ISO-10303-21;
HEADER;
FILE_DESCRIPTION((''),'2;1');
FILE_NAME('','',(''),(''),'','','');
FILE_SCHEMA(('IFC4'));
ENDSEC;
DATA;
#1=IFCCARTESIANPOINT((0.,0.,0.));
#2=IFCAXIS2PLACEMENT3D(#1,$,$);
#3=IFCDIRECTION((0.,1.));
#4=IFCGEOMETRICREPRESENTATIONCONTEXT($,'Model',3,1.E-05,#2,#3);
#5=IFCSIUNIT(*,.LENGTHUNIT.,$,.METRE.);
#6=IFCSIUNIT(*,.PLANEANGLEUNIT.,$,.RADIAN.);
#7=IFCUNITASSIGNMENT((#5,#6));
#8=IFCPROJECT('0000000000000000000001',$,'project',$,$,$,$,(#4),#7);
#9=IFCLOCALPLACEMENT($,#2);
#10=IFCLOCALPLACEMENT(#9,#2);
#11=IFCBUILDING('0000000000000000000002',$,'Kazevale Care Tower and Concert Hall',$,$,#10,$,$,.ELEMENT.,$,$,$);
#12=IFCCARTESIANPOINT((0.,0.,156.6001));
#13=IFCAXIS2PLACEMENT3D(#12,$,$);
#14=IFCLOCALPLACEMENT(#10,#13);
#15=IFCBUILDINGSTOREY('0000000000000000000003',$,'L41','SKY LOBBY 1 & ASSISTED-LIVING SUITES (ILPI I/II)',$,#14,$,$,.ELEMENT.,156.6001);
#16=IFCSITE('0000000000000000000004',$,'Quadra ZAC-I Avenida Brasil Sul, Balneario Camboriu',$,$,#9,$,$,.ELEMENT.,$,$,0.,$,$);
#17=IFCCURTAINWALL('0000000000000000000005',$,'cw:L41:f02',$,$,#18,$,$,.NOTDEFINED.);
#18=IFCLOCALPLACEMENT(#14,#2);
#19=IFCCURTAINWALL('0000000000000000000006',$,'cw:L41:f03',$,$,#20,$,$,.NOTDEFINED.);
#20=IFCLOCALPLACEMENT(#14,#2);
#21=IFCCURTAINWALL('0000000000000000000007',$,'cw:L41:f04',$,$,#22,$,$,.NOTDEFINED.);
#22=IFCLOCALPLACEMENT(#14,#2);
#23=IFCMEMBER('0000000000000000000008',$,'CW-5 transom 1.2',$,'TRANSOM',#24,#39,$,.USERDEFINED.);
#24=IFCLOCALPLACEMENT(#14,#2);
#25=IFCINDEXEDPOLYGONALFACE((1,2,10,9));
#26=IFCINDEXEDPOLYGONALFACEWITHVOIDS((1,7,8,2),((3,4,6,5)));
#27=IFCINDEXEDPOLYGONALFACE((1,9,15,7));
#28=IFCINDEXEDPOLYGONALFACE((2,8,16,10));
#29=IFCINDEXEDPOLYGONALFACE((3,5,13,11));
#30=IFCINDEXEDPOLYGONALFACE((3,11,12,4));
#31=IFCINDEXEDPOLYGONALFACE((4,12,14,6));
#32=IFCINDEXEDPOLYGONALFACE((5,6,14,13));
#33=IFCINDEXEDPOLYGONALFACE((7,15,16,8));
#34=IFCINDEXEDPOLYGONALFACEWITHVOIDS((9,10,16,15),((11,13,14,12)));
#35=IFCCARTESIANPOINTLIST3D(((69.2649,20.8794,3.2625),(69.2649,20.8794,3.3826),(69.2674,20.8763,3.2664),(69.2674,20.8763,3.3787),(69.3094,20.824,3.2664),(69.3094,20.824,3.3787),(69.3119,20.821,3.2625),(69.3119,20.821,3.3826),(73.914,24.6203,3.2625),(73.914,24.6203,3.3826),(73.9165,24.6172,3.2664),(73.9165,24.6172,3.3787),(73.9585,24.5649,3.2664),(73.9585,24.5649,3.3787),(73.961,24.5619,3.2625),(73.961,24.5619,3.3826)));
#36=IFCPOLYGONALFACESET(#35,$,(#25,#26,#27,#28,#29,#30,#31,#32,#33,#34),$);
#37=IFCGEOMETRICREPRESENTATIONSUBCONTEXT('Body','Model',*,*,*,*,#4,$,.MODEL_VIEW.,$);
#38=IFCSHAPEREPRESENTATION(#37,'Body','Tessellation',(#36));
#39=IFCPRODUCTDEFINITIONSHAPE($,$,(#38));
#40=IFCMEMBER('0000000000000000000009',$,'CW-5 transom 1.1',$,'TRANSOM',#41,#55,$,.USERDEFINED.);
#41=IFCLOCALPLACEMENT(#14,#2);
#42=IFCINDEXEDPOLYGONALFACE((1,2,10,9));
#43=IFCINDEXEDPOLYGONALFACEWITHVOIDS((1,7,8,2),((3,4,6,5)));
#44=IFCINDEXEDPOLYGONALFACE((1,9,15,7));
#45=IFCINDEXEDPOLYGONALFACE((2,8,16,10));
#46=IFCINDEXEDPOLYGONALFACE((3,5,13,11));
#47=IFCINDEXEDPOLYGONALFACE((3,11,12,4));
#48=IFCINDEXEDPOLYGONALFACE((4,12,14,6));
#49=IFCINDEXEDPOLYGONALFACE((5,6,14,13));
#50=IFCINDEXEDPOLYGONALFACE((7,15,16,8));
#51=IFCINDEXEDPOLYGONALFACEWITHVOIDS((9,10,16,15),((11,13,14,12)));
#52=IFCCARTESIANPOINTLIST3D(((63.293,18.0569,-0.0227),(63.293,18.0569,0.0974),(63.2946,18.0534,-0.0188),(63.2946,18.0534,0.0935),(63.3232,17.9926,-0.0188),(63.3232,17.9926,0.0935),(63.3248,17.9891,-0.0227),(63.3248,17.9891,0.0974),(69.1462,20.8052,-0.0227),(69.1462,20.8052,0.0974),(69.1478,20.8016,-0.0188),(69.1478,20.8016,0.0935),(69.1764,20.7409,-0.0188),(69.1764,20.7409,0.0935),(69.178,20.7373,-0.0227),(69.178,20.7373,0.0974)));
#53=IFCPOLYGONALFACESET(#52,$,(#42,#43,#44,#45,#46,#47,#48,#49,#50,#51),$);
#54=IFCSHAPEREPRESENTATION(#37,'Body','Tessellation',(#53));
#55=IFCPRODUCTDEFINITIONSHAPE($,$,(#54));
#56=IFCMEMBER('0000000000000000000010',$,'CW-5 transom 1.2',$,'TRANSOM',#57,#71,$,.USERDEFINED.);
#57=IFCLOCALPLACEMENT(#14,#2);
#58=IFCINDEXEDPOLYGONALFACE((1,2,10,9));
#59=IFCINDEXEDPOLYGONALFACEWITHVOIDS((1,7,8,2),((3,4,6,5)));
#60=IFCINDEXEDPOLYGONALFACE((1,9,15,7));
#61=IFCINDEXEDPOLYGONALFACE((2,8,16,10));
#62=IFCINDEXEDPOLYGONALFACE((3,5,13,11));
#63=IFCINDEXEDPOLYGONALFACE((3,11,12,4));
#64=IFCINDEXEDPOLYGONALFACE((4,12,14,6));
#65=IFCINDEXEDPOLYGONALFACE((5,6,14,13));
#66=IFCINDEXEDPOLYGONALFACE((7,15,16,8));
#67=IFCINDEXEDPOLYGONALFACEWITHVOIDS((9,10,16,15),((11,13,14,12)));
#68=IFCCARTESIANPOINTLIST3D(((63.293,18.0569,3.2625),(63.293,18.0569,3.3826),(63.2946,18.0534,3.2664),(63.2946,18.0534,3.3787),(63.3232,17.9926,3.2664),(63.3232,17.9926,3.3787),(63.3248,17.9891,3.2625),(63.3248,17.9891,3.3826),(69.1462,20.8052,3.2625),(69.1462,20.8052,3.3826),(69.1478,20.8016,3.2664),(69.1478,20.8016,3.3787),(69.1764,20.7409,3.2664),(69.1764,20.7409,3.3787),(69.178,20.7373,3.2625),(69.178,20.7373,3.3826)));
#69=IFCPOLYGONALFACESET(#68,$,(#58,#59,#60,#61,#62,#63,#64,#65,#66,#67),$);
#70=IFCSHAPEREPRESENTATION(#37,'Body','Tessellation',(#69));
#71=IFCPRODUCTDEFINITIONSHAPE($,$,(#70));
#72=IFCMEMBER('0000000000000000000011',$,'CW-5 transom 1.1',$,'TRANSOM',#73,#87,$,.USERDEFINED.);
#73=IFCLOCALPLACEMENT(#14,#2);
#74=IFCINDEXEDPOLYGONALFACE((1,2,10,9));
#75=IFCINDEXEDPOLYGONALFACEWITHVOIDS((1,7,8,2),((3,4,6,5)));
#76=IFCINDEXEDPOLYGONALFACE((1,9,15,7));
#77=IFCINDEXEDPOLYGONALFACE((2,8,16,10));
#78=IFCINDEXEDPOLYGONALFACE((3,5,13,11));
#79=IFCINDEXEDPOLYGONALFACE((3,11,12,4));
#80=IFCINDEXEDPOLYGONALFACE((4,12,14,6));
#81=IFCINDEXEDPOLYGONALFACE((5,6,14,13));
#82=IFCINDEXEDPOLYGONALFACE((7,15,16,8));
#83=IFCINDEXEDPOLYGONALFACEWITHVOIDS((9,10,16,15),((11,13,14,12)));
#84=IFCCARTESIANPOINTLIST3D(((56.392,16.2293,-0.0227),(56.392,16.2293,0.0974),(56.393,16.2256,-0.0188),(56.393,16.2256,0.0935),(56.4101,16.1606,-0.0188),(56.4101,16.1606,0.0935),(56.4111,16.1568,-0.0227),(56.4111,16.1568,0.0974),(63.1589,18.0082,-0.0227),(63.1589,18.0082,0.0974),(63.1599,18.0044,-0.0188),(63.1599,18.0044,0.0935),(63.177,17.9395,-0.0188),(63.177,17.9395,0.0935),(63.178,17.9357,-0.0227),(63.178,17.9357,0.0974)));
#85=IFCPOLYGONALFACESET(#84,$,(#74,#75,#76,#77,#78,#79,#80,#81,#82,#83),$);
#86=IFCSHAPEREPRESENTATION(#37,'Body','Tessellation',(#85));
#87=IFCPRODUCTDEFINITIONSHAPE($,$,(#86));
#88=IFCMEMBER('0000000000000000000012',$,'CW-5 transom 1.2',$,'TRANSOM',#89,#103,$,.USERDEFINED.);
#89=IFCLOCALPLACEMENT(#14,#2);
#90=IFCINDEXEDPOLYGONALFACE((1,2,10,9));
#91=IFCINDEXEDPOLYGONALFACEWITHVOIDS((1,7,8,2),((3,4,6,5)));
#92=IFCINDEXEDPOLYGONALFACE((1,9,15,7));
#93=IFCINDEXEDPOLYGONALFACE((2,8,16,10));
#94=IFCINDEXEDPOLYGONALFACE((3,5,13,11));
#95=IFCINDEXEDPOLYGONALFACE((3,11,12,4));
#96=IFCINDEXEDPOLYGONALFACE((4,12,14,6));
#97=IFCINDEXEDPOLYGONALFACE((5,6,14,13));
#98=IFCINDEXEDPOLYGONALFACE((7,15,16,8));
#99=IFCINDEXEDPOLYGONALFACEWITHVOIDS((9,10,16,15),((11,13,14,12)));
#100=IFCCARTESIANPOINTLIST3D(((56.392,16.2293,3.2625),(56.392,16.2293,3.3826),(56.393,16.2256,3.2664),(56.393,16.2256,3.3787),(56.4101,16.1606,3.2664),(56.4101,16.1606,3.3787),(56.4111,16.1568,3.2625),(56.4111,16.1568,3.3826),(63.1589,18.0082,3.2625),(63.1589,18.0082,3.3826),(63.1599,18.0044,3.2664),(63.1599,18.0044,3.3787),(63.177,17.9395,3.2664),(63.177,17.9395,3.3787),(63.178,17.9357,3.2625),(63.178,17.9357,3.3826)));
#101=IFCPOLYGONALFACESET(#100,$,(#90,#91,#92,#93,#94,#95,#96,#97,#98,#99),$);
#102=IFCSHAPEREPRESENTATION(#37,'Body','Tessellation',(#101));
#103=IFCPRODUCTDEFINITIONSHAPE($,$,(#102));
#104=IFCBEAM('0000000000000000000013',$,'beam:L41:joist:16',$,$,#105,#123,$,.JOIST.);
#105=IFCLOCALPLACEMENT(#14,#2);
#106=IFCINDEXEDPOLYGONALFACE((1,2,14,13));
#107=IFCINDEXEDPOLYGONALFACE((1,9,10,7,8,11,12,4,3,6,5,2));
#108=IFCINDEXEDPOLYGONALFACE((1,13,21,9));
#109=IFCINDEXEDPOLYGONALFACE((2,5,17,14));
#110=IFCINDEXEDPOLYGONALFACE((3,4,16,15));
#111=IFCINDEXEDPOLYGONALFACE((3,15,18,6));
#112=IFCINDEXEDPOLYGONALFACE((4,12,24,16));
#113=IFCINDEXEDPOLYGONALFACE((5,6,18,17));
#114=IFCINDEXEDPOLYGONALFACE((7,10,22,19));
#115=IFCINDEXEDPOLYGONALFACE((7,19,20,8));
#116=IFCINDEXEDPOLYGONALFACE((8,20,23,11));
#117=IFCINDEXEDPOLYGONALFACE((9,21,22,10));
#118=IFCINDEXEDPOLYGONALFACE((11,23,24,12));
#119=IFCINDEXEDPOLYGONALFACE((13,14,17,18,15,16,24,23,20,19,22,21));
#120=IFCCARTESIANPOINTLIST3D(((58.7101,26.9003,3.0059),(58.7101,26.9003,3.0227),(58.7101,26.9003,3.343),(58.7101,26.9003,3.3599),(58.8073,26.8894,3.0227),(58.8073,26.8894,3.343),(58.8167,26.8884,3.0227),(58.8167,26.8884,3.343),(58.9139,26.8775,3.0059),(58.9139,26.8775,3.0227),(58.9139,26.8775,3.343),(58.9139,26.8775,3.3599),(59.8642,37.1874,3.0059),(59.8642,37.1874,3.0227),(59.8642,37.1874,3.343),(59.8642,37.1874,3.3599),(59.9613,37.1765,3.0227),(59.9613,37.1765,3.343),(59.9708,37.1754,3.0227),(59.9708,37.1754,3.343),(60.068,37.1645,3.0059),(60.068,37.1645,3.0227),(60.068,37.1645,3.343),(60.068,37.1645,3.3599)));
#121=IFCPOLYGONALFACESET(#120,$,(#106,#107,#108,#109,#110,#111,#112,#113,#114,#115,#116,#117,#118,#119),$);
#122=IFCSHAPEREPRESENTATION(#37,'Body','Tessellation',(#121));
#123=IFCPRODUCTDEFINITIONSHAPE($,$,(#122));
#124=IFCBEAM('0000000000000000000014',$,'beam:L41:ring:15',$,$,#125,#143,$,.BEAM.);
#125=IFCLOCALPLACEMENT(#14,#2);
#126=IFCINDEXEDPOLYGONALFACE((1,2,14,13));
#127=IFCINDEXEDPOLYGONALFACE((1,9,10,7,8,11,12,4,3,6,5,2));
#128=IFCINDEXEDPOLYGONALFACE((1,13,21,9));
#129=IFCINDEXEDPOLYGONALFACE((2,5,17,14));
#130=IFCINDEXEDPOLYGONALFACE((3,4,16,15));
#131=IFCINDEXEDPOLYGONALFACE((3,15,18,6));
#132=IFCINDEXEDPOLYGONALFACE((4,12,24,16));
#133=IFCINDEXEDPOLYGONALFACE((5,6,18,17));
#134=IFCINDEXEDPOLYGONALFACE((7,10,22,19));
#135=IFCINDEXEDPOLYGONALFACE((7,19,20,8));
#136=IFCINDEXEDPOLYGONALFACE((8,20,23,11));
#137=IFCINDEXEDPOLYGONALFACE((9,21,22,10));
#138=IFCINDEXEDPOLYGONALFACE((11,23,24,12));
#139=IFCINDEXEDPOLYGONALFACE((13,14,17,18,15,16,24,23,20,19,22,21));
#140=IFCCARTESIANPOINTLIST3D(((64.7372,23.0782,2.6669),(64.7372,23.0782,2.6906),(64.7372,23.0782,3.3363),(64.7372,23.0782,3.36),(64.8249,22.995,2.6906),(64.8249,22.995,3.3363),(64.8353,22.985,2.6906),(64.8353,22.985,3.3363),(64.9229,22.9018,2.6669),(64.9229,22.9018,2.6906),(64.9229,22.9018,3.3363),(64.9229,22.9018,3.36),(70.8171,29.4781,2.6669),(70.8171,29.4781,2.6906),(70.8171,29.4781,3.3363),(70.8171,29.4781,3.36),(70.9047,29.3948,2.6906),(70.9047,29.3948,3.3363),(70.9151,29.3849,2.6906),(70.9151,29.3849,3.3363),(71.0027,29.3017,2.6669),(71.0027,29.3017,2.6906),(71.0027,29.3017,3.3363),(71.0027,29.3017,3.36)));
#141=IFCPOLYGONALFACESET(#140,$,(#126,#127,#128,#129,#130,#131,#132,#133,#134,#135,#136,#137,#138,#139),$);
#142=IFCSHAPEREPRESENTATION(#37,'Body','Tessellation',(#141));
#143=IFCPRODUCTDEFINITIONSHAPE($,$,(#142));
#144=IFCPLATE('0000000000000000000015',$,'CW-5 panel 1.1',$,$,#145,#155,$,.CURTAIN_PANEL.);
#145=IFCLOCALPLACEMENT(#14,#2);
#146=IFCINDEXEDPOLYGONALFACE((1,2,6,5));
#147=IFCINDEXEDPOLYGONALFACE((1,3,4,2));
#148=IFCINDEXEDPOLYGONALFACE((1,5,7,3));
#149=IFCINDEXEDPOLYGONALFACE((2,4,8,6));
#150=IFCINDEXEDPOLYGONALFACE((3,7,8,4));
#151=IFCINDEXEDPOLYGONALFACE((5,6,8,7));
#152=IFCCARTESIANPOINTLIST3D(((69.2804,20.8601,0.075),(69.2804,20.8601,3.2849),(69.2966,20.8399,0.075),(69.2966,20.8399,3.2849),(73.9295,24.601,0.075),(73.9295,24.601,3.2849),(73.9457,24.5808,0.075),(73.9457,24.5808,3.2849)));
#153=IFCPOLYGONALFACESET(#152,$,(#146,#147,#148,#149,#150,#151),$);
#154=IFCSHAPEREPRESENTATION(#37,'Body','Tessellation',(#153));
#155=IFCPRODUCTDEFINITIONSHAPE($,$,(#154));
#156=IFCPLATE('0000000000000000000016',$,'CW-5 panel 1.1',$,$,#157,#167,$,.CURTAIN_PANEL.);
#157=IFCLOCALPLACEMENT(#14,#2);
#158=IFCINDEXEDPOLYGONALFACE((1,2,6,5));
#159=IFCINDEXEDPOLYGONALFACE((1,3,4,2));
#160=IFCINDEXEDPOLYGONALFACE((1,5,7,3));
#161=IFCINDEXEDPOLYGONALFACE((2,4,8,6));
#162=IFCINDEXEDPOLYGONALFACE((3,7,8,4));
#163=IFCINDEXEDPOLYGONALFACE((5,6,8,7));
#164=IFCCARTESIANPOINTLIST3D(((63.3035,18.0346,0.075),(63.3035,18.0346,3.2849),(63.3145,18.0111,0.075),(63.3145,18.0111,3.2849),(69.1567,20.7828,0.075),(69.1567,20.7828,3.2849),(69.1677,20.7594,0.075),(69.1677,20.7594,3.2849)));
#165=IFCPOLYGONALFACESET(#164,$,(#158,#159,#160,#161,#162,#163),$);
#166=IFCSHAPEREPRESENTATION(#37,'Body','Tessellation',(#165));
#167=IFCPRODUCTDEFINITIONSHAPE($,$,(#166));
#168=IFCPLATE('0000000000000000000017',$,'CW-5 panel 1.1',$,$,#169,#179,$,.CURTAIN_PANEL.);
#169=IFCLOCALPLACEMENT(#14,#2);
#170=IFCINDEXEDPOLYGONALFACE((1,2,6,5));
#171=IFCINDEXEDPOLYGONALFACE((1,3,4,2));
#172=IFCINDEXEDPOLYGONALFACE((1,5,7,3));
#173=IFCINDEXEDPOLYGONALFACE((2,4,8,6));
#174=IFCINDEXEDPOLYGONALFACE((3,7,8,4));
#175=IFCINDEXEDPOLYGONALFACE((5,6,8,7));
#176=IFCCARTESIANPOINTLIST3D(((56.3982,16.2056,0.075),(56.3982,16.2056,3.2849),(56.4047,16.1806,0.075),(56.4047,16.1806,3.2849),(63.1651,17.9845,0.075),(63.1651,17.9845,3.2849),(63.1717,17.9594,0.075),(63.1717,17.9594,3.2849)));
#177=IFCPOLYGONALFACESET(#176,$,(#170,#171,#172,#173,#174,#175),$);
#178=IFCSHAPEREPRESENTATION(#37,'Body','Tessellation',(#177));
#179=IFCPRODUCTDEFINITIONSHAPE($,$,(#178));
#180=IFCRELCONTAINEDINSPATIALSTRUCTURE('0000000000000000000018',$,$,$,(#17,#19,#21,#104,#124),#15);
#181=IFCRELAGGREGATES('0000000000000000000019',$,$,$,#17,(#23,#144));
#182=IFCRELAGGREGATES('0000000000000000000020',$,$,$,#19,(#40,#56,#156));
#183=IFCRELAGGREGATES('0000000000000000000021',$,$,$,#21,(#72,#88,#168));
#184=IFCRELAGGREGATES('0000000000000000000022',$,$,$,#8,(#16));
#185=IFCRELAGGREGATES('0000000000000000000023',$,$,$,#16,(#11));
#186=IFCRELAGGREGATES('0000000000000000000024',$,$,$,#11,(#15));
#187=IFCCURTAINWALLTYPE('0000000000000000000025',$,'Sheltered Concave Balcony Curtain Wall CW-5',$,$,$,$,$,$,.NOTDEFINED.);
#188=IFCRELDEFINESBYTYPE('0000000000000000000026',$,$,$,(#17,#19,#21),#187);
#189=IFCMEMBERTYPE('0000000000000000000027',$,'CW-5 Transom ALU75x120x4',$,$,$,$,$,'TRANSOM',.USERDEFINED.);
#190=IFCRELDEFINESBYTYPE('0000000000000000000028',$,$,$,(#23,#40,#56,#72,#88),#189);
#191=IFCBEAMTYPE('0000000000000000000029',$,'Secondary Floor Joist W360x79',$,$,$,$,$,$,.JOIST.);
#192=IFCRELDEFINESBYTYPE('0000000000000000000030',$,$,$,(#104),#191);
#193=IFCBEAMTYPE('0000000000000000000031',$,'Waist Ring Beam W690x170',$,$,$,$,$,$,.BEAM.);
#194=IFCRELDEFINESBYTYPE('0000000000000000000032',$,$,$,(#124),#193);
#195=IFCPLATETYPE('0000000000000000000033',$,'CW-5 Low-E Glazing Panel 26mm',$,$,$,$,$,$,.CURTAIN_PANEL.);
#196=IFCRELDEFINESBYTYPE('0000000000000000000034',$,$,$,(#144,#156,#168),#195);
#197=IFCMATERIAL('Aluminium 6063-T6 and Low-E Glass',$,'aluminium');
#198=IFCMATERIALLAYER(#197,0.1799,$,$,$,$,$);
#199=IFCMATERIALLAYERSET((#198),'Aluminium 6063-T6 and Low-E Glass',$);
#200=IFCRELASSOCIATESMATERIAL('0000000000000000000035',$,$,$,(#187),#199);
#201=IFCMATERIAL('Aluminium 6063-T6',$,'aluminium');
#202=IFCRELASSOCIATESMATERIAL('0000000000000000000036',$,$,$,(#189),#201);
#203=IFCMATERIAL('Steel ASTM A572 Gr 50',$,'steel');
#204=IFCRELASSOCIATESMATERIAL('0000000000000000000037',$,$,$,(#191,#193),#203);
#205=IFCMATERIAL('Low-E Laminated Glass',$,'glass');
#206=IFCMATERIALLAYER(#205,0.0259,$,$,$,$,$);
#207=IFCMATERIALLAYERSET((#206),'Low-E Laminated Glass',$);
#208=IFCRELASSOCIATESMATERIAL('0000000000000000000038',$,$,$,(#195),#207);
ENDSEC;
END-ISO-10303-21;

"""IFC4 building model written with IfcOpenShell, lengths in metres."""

from ifc_helpers import new_model, si_unit, direction, frame, origin, origin_2d, place, context, subcontext, project, spatial, rectangle, hollow_rectangle, i_section, extrude, material, layer, layer_set, material_profile, profile_set, type_object, element, aggregate, save


model = new_model("IFC4")

# Units and contexts
model_context = context("Model", 3, precision=1e-05, world=origin(), true_north=direction((0.0, 1.0)))
body_context = subcontext(model_context, "Body", "Model", "MODEL_VIEW")
ifc_project = project(units=[si_unit("LENGTHUNIT", "METRE"), si_unit("PLANEANGLEUNIT", "RADIAN")], contexts=[model_context])

# Site, building, storey
site_placement = place(None, origin())
site = spatial("IfcSite", under=ifc_project, at=site_placement, Name="Quadra ZAC-I Avenida Brasil Sul, Balneario Camboriu", CompositionType="ELEMENT", RefElevation=0.0)
building_placement = place(site_placement, origin())
building = spatial("IfcBuilding", under=site, at=building_placement, Name="Kazevale Care Tower and Concert Hall", CompositionType="ELEMENT")
storey_placement = place(building_placement, frame((0.0, 0.0, 156.6001)))
storey = spatial("IfcBuildingStorey", under=building, at=storey_placement, Name="L41", Description="SKY LOBBY 1 & ASSISTED-LIVING SUITES (ILPI I/II)", CompositionType="ELEMENT", Elevation=156.6001)

# Shared definitions
ifc_material_1 = material(Name="Aluminium 6063-T6 and Low-E Glass", Category="aluminium")
ifc_material_2 = material(Name="Aluminium 6063-T6", Category="aluminium")

# Curtain walls
ifc_layer_1 = layer(ifc_material_1, 0.1799)
ifc_layer_set_1 = layer_set([ifc_layer_1], Name="Aluminium 6063-T6 and Low-E Glass")
curtain_wall_type_1 = type_object("IfcCurtainWallType", Name="Sheltered Concave Balcony Curtain Wall CW-5", PredefinedType="NOTDEFINED", material=ifc_layer_set_1)
curtain_wall_1_placement = place(storey_placement, origin())
curtain_wall_1 = element("IfcCurtainWall", 1, at=curtain_wall_1_placement, inside=storey, type_object=curtain_wall_type_1, Name="cw:L41:f02", PredefinedType="NOTDEFINED")
curtain_wall_2_placement = place(storey_placement, origin())
curtain_wall_2 = element("IfcCurtainWall", 2, at=curtain_wall_2_placement, inside=storey, type_object=curtain_wall_type_1, Name="cw:L41:f03", PredefinedType="NOTDEFINED")

# Curtain wall
curtain_wall_3_placement = place(storey_placement, origin())
curtain_wall_3 = element("IfcCurtainWall", 3, at=curtain_wall_3_placement, inside=storey, type_object=curtain_wall_type_1, Name="cw:L41:f04", PredefinedType="NOTDEFINED")

# Members
ifc_material_profile_1 = material_profile(ifc_material_2, hollow_rectangle(XDim=0.075, YDim=0.1201, WallThickness=0.0039, at=origin_2d()), Name="ALU75x120x4")
ifc_profile_set_1 = profile_set([ifc_material_profile_1], Name="Aluminium 6063-T6")
member_type_1 = type_object("IfcMemberType", Name="CW-5 Transom ALU75x120x4", ElementType="TRANSOM", PredefinedType="USERDEFINED", material=ifc_profile_set_1)
member_1_placement = place(storey_placement, frame((73.9375, 24.5911, 3.3225), z_axis=(-0.779097, -0.626903, 0.0), x_axis=(0.626903, -0.779097, 0.0)))
member_1 = element("IfcMember", 4, at=member_1_placement, type_object=member_type_1, Name="CW-5 transom 1.2", ObjectType="TRANSOM", PredefinedType="USERDEFINED", context=body_context, shape_type="SweptSolid", body=[
    extrude(hollow_rectangle(XDim=0.075, YDim=0.1201, WallThickness=0.0039, at=origin_2d()), origin(), (0.0, 0.0, 1.0), 5.9673),
])
member_2_placement = place(storey_placement, frame((69.1621, 20.7712, 0.0374), z_axis=(-0.905187, -0.425013, 0.0), x_axis=(0.425013, -0.905187, 0.0)))
member_2 = element("IfcMember", 5, at=member_2_placement, type_object=member_type_1, Name="CW-5 transom 1.1", ObjectType="TRANSOM", PredefinedType="USERDEFINED", context=body_context, shape_type="SweptSolid", body=[
    extrude(hollow_rectangle(XDim=0.075, YDim=0.1201, WallThickness=0.0039, at=origin_2d()), origin(), (0.0, 0.0, 1.0), 6.4663),
])
member_3_placement = place(storey_placement, frame((69.1621, 20.7712, 3.3225), z_axis=(-0.905187, -0.425013, 0.0), x_axis=(0.425013, -0.905187, 0.0)))
member_3 = element("IfcMember", 6, at=member_3_placement, type_object=member_type_1, Name="CW-5 transom 1.2", ObjectType="TRANSOM", PredefinedType="USERDEFINED", context=body_context, shape_type="SweptSolid", body=[
    extrude(hollow_rectangle(XDim=0.075, YDim=0.1201, WallThickness=0.0039, at=origin_2d()), origin(), (0.0, 0.0, 1.0), 6.4663),
])
member_4_placement = place(storey_placement, frame((63.1685, 17.9719, 0.0374), z_axis=(-0.967143, -0.254234, 0.0), x_axis=(0.254234, -0.967143, 0.0)))
member_4 = element("IfcMember", 7, at=member_4_placement, type_object=member_type_1, Name="CW-5 transom 1.1", ObjectType="TRANSOM", PredefinedType="USERDEFINED", context=body_context, shape_type="SweptSolid", body=[
    extrude(hollow_rectangle(XDim=0.075, YDim=0.1201, WallThickness=0.0039, at=origin_2d()), origin(), (0.0, 0.0, 1.0), 6.9968),
])
member_5_placement = place(storey_placement, frame((63.1685, 17.9719, 3.3225), z_axis=(-0.967143, -0.254234, 0.0), x_axis=(0.254234, -0.967143, 0.0)))
member_5 = element("IfcMember", 8, at=member_5_placement, type_object=member_type_1, Name="CW-5 transom 1.2", ObjectType="TRANSOM", PredefinedType="USERDEFINED", context=body_context, shape_type="SweptSolid", body=[
    extrude(hollow_rectangle(XDim=0.075, YDim=0.1201, WallThickness=0.0039, at=origin_2d()), origin(), (0.0, 0.0, 1.0), 6.9968),
])

# Beams
ifc_material_3 = material(Name="Steel ASTM A572 Gr 50", Category="steel")
ifc_material_profile_2 = material_profile(ifc_material_3, i_section(OverallWidth=0.2051, OverallDepth=0.354, WebThickness=0.0095, FlangeThickness=0.0168, at=origin_2d()), Name="W360x79")
ifc_profile_set_2 = profile_set([ifc_material_profile_2], Name="Steel ASTM A572 Gr 50")
beam_type_1 = type_object("IfcBeamType", Name="Secondary Floor Joist W360x79", PredefinedType="JOIST", material=ifc_profile_set_2)
beam_1_placement = place(storey_placement, frame((58.812, 26.8889, 3.1829), z_axis=(0.111485, 0.993766, 0.0), x_axis=(-0.993766, 0.111485, 0.0)))
element("IfcBeam", 9, at=beam_1_placement, inside=storey, type_object=beam_type_1, Name="beam:L41:joist:16", PredefinedType="JOIST", context=body_context, shape_type="SweptSolid", body=[
    extrude(i_section(OverallWidth=0.2051, OverallDepth=0.354, WebThickness=0.0095, FlangeThickness=0.0168, at=origin_2d()), origin(), (0.0, 0.0, 1.0), 10.3516),
])
ifc_material_profile_3 = material_profile(ifc_material_3, i_section(OverallWidth=0.2561, OverallDepth=0.6931, WebThickness=0.0144, FlangeThickness=0.0237, at=origin_2d()), Name="W690x170")
ifc_profile_set_3 = profile_set([ifc_material_profile_3], Name="Steel ASTM A572 Gr 50")
beam_type_2 = type_object("IfcBeamType", Name="Waist Ring Beam W690x170", PredefinedType="BEAM", material=ifc_profile_set_3)
beam_2_placement = place(storey_placement, frame((64.8301, 22.99, 3.0134), z_axis=(0.688745, 0.725004, 0.0), x_axis=(-0.725004, 0.688745, 0.0)))
element("IfcBeam", 10, at=beam_2_placement, inside=storey, type_object=beam_type_2, Name="beam:L41:ring:15", PredefinedType="BEAM", context=body_context, shape_type="SweptSolid", body=[
    extrude(i_section(OverallWidth=0.2561, OverallDepth=0.6931, WebThickness=0.0144, FlangeThickness=0.0237, at=origin_2d()), origin(), (0.0, 0.0, 1.0), 8.8274),
])

# Plates
ifc_material_4 = material(Name="Low-E Laminated Glass", Category="glass")
ifc_layer_2 = layer(ifc_material_4, 0.0259)
ifc_layer_set_2 = layer_set([ifc_layer_2], Name="Low-E Laminated Glass")
plate_type = type_object("IfcPlateType", Name="CW-5 Low-E Glazing Panel 26mm", PredefinedType="CURTAIN_PANEL", material=ifc_layer_set_2)
plate_1_placement = place(storey_placement, frame((71.613, 22.7205, 0.075), z_axis=(0.0, 0.0, 1.0), x_axis=(-0.779095, -0.626905, 0.0)))
plate_1 = element("IfcPlate", 11, at=plate_1_placement, type_object=plate_type, Name="CW-5 panel 1.1", PredefinedType="CURTAIN_PANEL", context=body_context, shape_type="SweptSolid", body=[
    extrude(rectangle(XDim=5.9673, YDim=0.0259, at=origin_2d()), origin(), (0.0, 0.0, 1.0), 3.21),
])
aggregate(curtain_wall_1, [member_1, plate_1])
plate_2_placement = place(storey_placement, frame((66.2356, 19.397, 0.075), z_axis=(0.0, 0.0, 1.0), x_axis=(-0.905188, -0.425011, 0.0)))
plate_2 = element("IfcPlate", 12, at=plate_2_placement, type_object=plate_type, Name="CW-5 panel 1.1", PredefinedType="CURTAIN_PANEL", context=body_context, shape_type="SweptSolid", body=[
    extrude(rectangle(XDim=6.4663, YDim=0.0259, at=origin_2d()), origin(), (0.0, 0.0, 1.0), 3.21),
])
aggregate(curtain_wall_2, [member_2, member_3, plate_2])
plate_3_placement = place(storey_placement, frame((59.7849, 17.0825, 0.075), z_axis=(0.0, 0.0, 1.0), x_axis=(-0.967142, -0.254238, 0.0)))
plate_3 = element("IfcPlate", 13, at=plate_3_placement, type_object=plate_type, Name="CW-5 panel 1.1", PredefinedType="CURTAIN_PANEL", context=body_context, shape_type="SweptSolid", body=[
    extrude(rectangle(XDim=6.9968, YDim=0.0259, at=origin_2d()), origin(), (0.0, 0.0, 1.0), 3.21),
])
aggregate(curtain_wall_3, [member_4, member_5, plate_3])

save(model, "model.ifc")
